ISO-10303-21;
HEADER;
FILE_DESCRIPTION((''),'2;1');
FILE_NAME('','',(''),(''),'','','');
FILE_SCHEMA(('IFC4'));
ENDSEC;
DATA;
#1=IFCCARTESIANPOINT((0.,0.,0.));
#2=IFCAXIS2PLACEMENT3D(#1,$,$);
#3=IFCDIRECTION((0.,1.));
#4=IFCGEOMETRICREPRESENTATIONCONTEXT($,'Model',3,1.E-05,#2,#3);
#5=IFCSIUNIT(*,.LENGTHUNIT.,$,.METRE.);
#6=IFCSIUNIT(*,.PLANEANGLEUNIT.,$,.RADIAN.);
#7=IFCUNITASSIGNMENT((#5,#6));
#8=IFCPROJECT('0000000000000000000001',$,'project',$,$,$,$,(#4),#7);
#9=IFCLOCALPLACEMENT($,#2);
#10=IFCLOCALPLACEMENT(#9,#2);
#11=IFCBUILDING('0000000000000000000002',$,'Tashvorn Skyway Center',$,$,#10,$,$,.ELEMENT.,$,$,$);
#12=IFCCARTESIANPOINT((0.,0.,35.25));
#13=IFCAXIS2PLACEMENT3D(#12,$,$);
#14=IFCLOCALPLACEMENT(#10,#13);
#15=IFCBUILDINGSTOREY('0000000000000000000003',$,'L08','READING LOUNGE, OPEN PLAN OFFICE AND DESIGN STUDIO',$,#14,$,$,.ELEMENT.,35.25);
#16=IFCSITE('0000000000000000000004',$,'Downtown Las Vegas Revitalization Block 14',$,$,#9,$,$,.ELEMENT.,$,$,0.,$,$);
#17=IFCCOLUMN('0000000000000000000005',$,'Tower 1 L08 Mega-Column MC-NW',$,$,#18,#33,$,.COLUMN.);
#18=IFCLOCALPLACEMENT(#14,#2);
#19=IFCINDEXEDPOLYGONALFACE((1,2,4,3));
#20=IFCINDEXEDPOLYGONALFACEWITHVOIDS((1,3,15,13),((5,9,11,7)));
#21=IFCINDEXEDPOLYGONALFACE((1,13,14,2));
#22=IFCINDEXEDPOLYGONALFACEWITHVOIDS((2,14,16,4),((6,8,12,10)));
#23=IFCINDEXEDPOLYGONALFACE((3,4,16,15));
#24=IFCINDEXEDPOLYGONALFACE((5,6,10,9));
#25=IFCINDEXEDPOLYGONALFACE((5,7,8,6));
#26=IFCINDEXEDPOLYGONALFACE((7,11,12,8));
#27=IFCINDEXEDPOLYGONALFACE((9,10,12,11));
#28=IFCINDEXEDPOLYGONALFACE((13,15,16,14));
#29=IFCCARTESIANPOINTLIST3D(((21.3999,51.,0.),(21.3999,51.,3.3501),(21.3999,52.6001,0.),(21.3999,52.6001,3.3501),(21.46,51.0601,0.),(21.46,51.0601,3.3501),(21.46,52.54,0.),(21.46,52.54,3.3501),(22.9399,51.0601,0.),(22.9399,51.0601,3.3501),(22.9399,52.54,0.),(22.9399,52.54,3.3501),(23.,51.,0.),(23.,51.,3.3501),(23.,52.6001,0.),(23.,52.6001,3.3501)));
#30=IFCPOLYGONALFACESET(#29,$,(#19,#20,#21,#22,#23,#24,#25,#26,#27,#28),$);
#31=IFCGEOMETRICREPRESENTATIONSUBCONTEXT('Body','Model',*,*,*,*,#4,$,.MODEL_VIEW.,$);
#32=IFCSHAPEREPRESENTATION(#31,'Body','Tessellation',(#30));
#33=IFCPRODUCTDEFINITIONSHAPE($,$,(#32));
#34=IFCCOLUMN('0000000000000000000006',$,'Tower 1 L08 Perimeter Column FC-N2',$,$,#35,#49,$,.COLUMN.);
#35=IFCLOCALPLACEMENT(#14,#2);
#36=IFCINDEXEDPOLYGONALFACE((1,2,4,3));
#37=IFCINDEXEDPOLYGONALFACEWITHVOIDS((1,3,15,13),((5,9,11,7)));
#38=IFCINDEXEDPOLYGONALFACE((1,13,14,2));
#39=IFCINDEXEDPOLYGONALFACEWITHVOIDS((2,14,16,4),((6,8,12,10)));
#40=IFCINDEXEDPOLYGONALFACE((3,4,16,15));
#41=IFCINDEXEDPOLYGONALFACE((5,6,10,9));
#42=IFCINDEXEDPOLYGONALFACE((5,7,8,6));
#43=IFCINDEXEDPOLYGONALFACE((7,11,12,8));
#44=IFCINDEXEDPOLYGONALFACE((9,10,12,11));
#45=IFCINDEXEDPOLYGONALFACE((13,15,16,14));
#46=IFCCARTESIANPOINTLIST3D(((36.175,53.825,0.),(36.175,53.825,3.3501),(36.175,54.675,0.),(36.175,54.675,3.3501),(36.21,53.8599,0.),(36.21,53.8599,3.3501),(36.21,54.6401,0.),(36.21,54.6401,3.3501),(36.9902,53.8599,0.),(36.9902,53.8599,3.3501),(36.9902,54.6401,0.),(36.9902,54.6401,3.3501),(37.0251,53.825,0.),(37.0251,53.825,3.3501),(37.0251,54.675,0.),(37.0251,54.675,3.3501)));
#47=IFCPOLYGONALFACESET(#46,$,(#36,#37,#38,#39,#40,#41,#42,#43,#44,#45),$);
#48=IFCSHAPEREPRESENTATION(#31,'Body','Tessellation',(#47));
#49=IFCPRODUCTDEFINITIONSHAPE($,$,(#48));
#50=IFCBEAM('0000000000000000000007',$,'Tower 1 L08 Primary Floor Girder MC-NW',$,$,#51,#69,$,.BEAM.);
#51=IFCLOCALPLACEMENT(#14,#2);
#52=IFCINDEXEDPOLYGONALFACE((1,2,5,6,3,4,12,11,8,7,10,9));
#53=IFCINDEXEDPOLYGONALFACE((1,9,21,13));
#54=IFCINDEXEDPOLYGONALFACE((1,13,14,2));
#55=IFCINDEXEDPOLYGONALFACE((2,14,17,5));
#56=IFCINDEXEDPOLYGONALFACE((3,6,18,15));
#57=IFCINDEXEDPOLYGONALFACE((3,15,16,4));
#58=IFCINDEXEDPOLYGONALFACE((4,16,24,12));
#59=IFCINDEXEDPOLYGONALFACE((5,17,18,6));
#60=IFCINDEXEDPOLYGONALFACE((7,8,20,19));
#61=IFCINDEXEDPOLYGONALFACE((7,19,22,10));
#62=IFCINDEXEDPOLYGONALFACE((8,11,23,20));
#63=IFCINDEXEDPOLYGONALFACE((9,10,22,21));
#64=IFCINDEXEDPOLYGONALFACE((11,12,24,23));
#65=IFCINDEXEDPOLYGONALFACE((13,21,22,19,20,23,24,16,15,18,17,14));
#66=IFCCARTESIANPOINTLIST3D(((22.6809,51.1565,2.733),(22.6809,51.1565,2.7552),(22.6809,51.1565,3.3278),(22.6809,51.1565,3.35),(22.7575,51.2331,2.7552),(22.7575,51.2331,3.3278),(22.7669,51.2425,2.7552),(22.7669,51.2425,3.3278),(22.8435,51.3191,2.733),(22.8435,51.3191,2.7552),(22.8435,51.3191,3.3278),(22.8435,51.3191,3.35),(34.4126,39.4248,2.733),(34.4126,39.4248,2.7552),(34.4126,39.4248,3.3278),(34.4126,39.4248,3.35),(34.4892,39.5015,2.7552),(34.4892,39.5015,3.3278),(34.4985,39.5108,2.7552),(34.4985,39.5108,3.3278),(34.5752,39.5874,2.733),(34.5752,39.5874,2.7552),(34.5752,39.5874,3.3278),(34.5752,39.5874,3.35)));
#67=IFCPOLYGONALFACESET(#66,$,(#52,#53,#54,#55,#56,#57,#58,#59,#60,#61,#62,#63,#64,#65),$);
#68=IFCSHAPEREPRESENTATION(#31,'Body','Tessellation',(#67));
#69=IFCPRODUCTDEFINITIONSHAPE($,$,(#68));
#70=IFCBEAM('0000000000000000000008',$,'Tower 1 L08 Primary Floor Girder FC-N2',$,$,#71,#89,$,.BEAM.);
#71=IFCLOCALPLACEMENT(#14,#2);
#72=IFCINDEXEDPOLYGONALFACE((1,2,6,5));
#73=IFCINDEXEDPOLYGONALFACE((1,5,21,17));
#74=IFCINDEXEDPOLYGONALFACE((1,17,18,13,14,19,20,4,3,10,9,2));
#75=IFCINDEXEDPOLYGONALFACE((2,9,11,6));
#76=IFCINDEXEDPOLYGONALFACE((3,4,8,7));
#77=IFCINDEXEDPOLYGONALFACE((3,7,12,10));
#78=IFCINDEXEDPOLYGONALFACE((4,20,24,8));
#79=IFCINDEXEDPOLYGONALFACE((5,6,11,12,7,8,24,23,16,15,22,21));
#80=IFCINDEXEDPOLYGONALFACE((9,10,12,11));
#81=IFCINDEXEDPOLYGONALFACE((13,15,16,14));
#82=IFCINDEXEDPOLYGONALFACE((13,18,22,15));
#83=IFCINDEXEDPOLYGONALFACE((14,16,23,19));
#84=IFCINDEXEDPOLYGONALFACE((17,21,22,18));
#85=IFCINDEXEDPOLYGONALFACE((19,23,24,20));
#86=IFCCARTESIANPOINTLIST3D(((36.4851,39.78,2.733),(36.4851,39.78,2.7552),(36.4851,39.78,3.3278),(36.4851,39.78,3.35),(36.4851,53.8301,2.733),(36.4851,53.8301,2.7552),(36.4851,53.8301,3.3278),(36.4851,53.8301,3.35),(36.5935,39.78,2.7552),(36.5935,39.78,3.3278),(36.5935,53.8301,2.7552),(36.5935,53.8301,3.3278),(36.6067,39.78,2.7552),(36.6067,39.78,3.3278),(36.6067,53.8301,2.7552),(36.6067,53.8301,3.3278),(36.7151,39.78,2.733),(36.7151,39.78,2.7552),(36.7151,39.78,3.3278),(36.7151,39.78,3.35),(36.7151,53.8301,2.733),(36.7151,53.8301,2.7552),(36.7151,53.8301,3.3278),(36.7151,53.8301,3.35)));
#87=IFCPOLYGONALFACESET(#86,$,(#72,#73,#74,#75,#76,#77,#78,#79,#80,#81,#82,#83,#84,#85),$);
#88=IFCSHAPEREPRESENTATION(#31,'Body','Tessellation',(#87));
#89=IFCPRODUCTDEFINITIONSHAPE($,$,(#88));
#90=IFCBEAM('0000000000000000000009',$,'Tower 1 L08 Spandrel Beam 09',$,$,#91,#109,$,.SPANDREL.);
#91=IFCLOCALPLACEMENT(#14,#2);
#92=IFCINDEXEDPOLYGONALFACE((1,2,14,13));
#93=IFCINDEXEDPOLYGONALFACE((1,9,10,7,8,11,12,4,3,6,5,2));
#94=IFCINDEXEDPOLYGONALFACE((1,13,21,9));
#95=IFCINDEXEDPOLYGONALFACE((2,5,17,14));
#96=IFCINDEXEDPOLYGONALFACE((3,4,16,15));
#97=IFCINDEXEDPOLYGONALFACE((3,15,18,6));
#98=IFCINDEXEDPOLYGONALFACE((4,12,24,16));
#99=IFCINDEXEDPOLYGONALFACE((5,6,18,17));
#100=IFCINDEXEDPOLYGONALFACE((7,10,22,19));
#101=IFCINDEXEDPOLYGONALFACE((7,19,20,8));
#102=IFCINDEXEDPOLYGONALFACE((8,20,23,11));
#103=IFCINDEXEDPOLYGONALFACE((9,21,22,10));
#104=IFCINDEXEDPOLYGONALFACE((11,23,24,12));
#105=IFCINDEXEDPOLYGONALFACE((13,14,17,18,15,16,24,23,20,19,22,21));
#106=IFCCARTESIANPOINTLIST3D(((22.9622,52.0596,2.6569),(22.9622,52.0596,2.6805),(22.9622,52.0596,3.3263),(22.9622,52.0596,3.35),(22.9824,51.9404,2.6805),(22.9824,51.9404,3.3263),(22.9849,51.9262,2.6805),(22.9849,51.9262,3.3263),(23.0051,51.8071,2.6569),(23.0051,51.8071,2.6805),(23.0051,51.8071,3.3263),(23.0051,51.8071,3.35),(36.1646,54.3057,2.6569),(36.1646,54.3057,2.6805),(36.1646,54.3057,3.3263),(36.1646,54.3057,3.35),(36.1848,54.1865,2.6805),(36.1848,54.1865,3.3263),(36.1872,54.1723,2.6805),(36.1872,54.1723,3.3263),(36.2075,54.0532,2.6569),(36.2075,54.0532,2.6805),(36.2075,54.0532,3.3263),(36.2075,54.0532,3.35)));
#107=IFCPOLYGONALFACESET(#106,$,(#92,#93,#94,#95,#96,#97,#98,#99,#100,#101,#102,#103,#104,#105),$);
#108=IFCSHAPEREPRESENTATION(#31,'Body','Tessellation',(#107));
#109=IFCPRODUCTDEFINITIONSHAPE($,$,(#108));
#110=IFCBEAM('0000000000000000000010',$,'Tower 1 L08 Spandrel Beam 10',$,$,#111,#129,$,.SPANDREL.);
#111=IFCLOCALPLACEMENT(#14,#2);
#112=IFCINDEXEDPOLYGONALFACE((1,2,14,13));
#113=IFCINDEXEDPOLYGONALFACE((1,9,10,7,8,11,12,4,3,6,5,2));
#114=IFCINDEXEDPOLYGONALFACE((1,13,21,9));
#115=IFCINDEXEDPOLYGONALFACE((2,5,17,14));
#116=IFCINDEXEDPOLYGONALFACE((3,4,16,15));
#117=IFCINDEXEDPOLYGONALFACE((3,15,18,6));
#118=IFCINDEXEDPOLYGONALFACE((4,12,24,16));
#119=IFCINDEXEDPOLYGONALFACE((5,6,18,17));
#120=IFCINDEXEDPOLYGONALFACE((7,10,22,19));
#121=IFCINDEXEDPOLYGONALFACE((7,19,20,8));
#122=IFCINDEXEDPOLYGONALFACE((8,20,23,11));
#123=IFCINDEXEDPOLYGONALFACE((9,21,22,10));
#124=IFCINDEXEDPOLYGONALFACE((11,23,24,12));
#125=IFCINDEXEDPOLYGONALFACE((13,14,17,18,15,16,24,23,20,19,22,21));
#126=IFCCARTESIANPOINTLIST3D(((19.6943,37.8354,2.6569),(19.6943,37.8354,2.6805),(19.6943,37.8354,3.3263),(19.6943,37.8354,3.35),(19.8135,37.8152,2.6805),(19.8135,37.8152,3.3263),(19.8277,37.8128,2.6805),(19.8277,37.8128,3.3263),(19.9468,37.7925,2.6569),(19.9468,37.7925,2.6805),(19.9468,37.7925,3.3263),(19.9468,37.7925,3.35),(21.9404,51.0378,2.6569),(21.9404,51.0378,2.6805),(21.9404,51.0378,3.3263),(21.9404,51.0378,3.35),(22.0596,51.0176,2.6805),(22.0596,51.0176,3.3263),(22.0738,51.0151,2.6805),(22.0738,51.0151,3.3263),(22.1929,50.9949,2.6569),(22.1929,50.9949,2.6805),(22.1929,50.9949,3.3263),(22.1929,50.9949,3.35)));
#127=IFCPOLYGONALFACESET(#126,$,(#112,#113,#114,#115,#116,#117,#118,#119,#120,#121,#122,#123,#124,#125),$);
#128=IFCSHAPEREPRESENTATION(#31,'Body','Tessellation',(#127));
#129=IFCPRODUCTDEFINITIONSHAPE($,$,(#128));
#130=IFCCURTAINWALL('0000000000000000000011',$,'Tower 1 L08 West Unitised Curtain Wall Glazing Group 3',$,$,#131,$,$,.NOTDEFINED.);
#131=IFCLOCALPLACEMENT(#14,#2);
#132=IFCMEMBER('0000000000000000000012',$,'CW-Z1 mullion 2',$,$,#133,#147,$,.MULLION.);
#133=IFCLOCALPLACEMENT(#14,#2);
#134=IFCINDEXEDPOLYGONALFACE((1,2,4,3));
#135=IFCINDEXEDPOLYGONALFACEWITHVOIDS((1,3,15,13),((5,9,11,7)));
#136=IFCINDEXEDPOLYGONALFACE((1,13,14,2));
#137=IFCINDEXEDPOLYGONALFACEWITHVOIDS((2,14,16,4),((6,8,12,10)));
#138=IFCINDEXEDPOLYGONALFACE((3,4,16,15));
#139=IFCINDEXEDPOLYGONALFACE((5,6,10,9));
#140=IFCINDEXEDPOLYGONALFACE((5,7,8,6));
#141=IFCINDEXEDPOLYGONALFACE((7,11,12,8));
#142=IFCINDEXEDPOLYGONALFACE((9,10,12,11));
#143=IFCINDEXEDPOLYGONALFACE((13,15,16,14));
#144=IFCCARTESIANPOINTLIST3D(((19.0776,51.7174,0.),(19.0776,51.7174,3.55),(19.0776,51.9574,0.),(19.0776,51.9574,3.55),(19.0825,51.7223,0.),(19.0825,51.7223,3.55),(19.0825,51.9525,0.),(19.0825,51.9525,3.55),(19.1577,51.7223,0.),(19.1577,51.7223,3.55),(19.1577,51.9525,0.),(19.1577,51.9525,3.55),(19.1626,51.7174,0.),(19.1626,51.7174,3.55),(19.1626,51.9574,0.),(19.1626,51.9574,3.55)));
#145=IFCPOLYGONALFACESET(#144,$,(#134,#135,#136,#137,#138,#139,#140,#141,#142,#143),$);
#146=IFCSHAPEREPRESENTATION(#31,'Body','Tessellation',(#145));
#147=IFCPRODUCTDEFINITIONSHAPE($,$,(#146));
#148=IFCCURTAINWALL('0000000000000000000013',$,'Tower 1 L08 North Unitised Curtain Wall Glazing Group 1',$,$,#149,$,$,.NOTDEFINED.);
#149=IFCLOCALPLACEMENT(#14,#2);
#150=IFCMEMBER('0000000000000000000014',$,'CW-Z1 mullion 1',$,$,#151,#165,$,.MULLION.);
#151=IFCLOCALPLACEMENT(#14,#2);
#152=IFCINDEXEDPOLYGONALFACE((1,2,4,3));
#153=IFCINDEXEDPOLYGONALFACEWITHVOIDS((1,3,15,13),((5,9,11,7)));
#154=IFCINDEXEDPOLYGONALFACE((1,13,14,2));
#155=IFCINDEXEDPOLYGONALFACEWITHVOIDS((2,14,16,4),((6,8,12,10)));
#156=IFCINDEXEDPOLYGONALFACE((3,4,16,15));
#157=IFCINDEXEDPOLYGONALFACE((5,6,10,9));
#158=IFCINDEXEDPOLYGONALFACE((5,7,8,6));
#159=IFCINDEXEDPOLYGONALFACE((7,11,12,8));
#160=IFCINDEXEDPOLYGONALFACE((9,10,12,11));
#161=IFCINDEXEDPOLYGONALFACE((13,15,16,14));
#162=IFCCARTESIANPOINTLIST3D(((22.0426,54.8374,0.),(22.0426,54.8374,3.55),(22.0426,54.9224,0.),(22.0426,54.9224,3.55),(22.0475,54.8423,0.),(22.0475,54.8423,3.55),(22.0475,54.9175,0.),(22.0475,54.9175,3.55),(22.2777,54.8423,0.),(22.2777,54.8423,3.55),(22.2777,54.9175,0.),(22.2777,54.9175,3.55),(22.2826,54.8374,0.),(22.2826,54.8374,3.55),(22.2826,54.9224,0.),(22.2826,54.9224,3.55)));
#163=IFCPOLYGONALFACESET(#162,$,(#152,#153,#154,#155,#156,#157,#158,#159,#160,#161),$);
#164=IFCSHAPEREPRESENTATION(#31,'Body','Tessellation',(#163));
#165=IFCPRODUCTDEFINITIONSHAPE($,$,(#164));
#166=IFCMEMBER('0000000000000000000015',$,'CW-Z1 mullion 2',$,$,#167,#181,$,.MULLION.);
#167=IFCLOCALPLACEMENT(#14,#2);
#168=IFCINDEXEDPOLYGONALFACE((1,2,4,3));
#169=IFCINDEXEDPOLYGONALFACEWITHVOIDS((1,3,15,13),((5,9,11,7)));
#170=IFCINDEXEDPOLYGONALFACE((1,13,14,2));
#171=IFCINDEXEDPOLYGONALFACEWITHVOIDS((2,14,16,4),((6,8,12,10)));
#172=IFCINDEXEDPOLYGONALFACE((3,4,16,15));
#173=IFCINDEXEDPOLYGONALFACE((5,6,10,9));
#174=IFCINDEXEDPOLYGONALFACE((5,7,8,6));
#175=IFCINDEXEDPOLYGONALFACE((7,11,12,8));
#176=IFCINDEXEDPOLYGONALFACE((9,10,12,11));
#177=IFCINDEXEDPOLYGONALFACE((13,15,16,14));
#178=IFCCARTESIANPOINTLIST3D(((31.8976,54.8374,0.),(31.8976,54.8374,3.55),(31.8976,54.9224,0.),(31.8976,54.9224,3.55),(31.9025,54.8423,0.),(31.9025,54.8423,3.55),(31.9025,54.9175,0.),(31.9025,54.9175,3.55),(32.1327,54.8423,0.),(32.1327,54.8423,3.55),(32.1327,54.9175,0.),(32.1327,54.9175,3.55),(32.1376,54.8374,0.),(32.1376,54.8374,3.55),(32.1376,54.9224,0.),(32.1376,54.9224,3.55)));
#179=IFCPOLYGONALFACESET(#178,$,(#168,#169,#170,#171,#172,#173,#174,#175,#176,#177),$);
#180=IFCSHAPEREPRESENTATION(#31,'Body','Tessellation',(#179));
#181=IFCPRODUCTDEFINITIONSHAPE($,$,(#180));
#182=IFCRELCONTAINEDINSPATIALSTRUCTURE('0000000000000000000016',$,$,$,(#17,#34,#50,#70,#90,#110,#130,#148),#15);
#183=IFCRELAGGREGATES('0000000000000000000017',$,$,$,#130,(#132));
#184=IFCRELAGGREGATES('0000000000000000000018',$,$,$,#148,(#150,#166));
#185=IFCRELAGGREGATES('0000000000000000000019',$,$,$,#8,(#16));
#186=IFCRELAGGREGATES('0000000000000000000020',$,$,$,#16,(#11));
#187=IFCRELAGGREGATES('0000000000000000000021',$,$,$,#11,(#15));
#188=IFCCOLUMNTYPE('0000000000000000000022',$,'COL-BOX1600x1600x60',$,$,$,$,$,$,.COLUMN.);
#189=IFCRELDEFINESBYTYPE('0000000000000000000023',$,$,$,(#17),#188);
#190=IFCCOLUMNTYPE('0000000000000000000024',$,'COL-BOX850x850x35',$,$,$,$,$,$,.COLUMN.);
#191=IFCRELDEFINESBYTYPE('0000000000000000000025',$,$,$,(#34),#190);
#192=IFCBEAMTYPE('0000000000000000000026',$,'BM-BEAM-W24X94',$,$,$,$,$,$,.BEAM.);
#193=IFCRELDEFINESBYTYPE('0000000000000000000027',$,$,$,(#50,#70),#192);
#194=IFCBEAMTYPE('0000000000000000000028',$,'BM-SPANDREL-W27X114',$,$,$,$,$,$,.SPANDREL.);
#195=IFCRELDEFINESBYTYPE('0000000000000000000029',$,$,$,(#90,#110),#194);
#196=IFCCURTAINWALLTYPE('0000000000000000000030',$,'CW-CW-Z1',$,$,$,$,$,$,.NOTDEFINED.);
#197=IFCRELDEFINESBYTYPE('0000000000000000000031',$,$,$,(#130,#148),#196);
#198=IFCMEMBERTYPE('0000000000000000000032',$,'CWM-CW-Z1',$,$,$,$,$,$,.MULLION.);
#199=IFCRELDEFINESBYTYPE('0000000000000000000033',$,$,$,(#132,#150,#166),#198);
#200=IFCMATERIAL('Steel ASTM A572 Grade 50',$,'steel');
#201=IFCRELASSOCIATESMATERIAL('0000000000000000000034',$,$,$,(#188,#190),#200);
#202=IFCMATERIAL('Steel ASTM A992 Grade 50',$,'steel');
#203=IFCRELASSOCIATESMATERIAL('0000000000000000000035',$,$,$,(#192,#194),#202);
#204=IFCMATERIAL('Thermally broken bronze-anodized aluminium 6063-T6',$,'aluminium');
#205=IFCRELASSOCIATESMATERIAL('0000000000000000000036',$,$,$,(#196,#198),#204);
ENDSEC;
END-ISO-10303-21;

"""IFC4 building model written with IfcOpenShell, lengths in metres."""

from ifc_helpers import new_model, si_unit, direction, frame, origin, origin_2d, place, context, subcontext, project, spatial, hollow_rectangle, i_section, extrude, material, material_profile, profile_set, type_object, element, aggregate, save


model = new_model("IFC4")

# Units and contexts
model_context = context("Model", 3, precision=1e-05, world=origin(), true_north=direction((0.0, 1.0)))
body_context = subcontext(model_context, "Body", "Model", "MODEL_VIEW")
ifc_project = project(units=[si_unit("LENGTHUNIT", "METRE"), si_unit("PLANEANGLEUNIT", "RADIAN")], contexts=[model_context])

# Site, building, storey
site_placement = place(None, origin())
site = spatial("IfcSite", under=ifc_project, at=site_placement, Name="Downtown Las Vegas Revitalization Block 14", CompositionType="ELEMENT", RefElevation=0.0)
building_placement = place(site_placement, origin())
building = spatial("IfcBuilding", under=site, at=building_placement, Name="Tashvorn Skyway Center", CompositionType="ELEMENT")
storey_placement = place(building_placement, frame((0.0, 0.0, 35.25)))
storey = spatial("IfcBuildingStorey", under=building, at=storey_placement, Name="L08", Description="READING LOUNGE, OPEN PLAN OFFICE AND DESIGN STUDIO", CompositionType="ELEMENT", Elevation=35.25)

# Columns
ifc_material_1 = material(Name="Steel ASTM A572 Grade 50", Category="steel")
ifc_material_profile_1 = material_profile(ifc_material_1, hollow_rectangle(XDim=1.6001, YDim=1.6001, WallThickness=0.0601, at=origin_2d()), Name="BOX1600x1600x60")
ifc_profile_set_1 = profile_set([ifc_material_profile_1], Name="Steel ASTM A572 Grade 50")
column_type_1 = type_object("IfcColumnType", Name="COL-BOX1600x1600x60", PredefinedType="COLUMN", material=ifc_profile_set_1)
column_1_placement = place(storey_placement, frame((22.2, 51.8, 0.0), z_axis=(0.0, 0.0, 1.0), x_axis=(1.0, 0.0, 0.0)))
element("IfcColumn", 1, at=column_1_placement, inside=storey, type_object=column_type_1, Name="Tower 1 L08 Mega-Column MC-NW", PredefinedType="COLUMN", context=body_context, shape_type="SweptSolid", body=[
    extrude(hollow_rectangle(XDim=1.6001, YDim=1.6001, WallThickness=0.0601, at=origin_2d()), origin(), (0.0, 0.0, 1.0), 3.3501),
])
ifc_material_profile_2 = material_profile(ifc_material_1, hollow_rectangle(XDim=0.8501, YDim=0.8501, WallThickness=0.0349, at=origin_2d()), Name="BOX850x850x35")
ifc_profile_set_2 = profile_set([ifc_material_profile_2], Name="Steel ASTM A572 Grade 50")
column_type_2 = type_object("IfcColumnType", Name="COL-BOX850x850x35", PredefinedType="COLUMN", material=ifc_profile_set_2)
column_2_placement = place(storey_placement, frame((36.6001, 54.25, 0.0), z_axis=(0.0, 0.0, 1.0), x_axis=(1.0, 0.0, 0.0)))
element("IfcColumn", 2, at=column_2_placement, inside=storey, type_object=column_type_2, Name="Tower 1 L08 Perimeter Column FC-N2", PredefinedType="COLUMN", context=body_context, shape_type="SweptSolid", body=[
    extrude(hollow_rectangle(XDim=0.8501, YDim=0.8501, WallThickness=0.0349, at=origin_2d()), origin(), (0.0, 0.0, 1.0), 3.3501),
])

# Beams
ifc_material_2 = material(Name="Steel ASTM A992 Grade 50", Category="steel")
ifc_material_profile_3 = material_profile(ifc_material_2, i_section(OverallWidth=0.23, OverallDepth=0.6169, WebThickness=0.0132, FlangeThickness=0.0222, at=origin_2d()), Name="W24X94")
ifc_profile_set_3 = profile_set([ifc_material_profile_3], Name="Steel ASTM A992 Grade 50")
beam_type_1 = type_object("IfcBeamType", Name="BM-BEAM-W24X94", PredefinedType="BEAM", material=ifc_profile_set_3)
beam_1_placement = place(storey_placement, frame((22.7622, 51.2378, 3.0415), z_axis=(0.707107, -0.707107, 0.0), x_axis=(0.707107, 0.707107, 0.0)))
element("IfcBeam", 3, at=beam_1_placement, inside=storey, type_object=beam_type_1, Name="Tower 1 L08 Primary Floor Girder MC-NW", PredefinedType="BEAM", context=body_context, shape_type="SweptSolid", body=[
    extrude(i_section(OverallWidth=0.23, OverallDepth=0.6169, WebThickness=0.0132, FlangeThickness=0.0222, at=origin_2d()), origin(), (0.0, 0.0, 1.0), 16.5911),
])
beam_2_placement = place(storey_placement, frame((36.6001, 53.8301, 3.0415), z_axis=(0.0, -1.0, 0.0), x_axis=(1.0, 0.0, 0.0)))
element("IfcBeam", 4, at=beam_2_placement, inside=storey, type_object=beam_type_1, Name="Tower 1 L08 Primary Floor Girder FC-N2", PredefinedType="BEAM", context=body_context, shape_type="SweptSolid", body=[
    extrude(i_section(OverallWidth=0.23, OverallDepth=0.6169, WebThickness=0.0132, FlangeThickness=0.0222, at=origin_2d()), origin(), (0.0, 0.0, 1.0), 14.05),
])
ifc_material_profile_4 = material_profile(ifc_material_2, i_section(OverallWidth=0.2561, OverallDepth=0.6931, WebThickness=0.0144, FlangeThickness=0.0237, at=origin_2d()), Name="W27X114")
ifc_profile_set_4 = profile_set([ifc_material_profile_4], Name="Steel ASTM A992 Grade 50")
beam_type_2 = type_object("IfcBeamType", Name="BM-SPANDREL-W27X114", PredefinedType="SPANDREL", material=ifc_profile_set_4)
for number, where, z_axis, x_axis, name in (
    (5, (36.186, 54.1794, 3.0034), (-0.985835, -0.167718, 0.0), (0.167718, -0.985835, 0.0), "Tower 1 L08 Spandrel Beam 09"),
    (6, (22.0667, 51.0164, 3.0034), (-0.167718, -0.985835, 0.0), (0.985835, -0.167718, 0.0), "Tower 1 L08 Spandrel Beam 10"),
):
    element("IfcBeam", number, at=place(storey_placement, frame(where, z_axis=z_axis, x_axis=x_axis)), inside=storey, type_object=beam_type_2, Name=name, PredefinedType="SPANDREL", context=body_context, shape_type="SweptSolid", body=[
        extrude(i_section(OverallWidth=0.2561, OverallDepth=0.6931, WebThickness=0.0144, FlangeThickness=0.0237, at=origin_2d()), origin(), (0.0, 0.0, 1.0), 13.3921),
    ])

# Curtain wall, member
ifc_material_3 = material(Name="Thermally broken bronze-anodized aluminium 6063-T6", Category="aluminium")
curtain_wall_type = type_object("IfcCurtainWallType", Name="CW-CW-Z1", PredefinedType="NOTDEFINED", material=ifc_material_3)
curtain_wall_1_placement = place(storey_placement, origin())
curtain_wall_1 = element("IfcCurtainWall", 7, at=curtain_wall_1_placement, inside=storey, type_object=curtain_wall_type, Name="Tower 1 L08 West Unitised Curtain Wall Glazing Group 3", PredefinedType="NOTDEFINED")
ifc_material_profile_5 = material_profile(ifc_material_3, hollow_rectangle(XDim=0.085, YDim=0.24, WallThickness=0.0049, at=origin_2d()), Name="ALU-MULL-85x240")
ifc_profile_set_5 = profile_set([ifc_material_profile_5], Name="Thermally broken bronze-anodized aluminium 6063-T6")
member_type_1 = type_object("IfcMemberType", Name="CWM-CW-Z1", PredefinedType="MULLION", material=ifc_profile_set_5)
member_1_placement = place(storey_placement, frame((19.1201, 51.8374, 0.0), z_axis=(0.0, 0.0, 1.0), x_axis=(-1.0, 0.0, 0.0)))
member_1 = element("IfcMember", 8, at=member_1_placement, type_object=member_type_1, Name="CW-Z1 mullion 2", PredefinedType="MULLION", context=body_context, shape_type="SweptSolid", body=[
    extrude(hollow_rectangle(XDim=0.085, YDim=0.24, WallThickness=0.0049, at=origin_2d()), origin(), (0.0, 0.0, 1.0), 3.55),
])

# Curtain wall, members
curtain_wall_2_placement = place(storey_placement, origin())
curtain_wall_2 = element("IfcCurtainWall", 9, at=curtain_wall_2_placement, inside=storey, type_object=curtain_wall_type, Name="Tower 1 L08 North Unitised Curtain Wall Glazing Group 1", PredefinedType="NOTDEFINED")
member_2_placement = place(storey_placement, frame((22.1626, 54.8799, 0.0), z_axis=(0.0, 0.0, 1.0), x_axis=(0.0, 1.0, 0.0)))
member_2 = element("IfcMember", 10, at=member_2_placement, type_object=member_type_1, Name="CW-Z1 mullion 1", PredefinedType="MULLION", context=body_context, shape_type="SweptSolid", body=[
    extrude(hollow_rectangle(XDim=0.085, YDim=0.24, WallThickness=0.0049, at=origin_2d()), origin(), (0.0, 0.0, 1.0), 3.55),
])
member_3_placement = place(storey_placement, frame((32.0176, 54.8799, 0.0), z_axis=(0.0, 0.0, 1.0), x_axis=(0.0, 1.0, 0.0)))
member_3 = element("IfcMember", 11, at=member_3_placement, type_object=member_type_1, Name="CW-Z1 mullion 2", PredefinedType="MULLION", context=body_context, shape_type="SweptSolid", body=[
    extrude(hollow_rectangle(XDim=0.085, YDim=0.24, WallThickness=0.0049, at=origin_2d()), origin(), (0.0, 0.0, 1.0), 3.55),
])

aggregate(curtain_wall_1, [member_1])
aggregate(curtain_wall_2, [member_2, member_3])

save(model, "model.ifc")
